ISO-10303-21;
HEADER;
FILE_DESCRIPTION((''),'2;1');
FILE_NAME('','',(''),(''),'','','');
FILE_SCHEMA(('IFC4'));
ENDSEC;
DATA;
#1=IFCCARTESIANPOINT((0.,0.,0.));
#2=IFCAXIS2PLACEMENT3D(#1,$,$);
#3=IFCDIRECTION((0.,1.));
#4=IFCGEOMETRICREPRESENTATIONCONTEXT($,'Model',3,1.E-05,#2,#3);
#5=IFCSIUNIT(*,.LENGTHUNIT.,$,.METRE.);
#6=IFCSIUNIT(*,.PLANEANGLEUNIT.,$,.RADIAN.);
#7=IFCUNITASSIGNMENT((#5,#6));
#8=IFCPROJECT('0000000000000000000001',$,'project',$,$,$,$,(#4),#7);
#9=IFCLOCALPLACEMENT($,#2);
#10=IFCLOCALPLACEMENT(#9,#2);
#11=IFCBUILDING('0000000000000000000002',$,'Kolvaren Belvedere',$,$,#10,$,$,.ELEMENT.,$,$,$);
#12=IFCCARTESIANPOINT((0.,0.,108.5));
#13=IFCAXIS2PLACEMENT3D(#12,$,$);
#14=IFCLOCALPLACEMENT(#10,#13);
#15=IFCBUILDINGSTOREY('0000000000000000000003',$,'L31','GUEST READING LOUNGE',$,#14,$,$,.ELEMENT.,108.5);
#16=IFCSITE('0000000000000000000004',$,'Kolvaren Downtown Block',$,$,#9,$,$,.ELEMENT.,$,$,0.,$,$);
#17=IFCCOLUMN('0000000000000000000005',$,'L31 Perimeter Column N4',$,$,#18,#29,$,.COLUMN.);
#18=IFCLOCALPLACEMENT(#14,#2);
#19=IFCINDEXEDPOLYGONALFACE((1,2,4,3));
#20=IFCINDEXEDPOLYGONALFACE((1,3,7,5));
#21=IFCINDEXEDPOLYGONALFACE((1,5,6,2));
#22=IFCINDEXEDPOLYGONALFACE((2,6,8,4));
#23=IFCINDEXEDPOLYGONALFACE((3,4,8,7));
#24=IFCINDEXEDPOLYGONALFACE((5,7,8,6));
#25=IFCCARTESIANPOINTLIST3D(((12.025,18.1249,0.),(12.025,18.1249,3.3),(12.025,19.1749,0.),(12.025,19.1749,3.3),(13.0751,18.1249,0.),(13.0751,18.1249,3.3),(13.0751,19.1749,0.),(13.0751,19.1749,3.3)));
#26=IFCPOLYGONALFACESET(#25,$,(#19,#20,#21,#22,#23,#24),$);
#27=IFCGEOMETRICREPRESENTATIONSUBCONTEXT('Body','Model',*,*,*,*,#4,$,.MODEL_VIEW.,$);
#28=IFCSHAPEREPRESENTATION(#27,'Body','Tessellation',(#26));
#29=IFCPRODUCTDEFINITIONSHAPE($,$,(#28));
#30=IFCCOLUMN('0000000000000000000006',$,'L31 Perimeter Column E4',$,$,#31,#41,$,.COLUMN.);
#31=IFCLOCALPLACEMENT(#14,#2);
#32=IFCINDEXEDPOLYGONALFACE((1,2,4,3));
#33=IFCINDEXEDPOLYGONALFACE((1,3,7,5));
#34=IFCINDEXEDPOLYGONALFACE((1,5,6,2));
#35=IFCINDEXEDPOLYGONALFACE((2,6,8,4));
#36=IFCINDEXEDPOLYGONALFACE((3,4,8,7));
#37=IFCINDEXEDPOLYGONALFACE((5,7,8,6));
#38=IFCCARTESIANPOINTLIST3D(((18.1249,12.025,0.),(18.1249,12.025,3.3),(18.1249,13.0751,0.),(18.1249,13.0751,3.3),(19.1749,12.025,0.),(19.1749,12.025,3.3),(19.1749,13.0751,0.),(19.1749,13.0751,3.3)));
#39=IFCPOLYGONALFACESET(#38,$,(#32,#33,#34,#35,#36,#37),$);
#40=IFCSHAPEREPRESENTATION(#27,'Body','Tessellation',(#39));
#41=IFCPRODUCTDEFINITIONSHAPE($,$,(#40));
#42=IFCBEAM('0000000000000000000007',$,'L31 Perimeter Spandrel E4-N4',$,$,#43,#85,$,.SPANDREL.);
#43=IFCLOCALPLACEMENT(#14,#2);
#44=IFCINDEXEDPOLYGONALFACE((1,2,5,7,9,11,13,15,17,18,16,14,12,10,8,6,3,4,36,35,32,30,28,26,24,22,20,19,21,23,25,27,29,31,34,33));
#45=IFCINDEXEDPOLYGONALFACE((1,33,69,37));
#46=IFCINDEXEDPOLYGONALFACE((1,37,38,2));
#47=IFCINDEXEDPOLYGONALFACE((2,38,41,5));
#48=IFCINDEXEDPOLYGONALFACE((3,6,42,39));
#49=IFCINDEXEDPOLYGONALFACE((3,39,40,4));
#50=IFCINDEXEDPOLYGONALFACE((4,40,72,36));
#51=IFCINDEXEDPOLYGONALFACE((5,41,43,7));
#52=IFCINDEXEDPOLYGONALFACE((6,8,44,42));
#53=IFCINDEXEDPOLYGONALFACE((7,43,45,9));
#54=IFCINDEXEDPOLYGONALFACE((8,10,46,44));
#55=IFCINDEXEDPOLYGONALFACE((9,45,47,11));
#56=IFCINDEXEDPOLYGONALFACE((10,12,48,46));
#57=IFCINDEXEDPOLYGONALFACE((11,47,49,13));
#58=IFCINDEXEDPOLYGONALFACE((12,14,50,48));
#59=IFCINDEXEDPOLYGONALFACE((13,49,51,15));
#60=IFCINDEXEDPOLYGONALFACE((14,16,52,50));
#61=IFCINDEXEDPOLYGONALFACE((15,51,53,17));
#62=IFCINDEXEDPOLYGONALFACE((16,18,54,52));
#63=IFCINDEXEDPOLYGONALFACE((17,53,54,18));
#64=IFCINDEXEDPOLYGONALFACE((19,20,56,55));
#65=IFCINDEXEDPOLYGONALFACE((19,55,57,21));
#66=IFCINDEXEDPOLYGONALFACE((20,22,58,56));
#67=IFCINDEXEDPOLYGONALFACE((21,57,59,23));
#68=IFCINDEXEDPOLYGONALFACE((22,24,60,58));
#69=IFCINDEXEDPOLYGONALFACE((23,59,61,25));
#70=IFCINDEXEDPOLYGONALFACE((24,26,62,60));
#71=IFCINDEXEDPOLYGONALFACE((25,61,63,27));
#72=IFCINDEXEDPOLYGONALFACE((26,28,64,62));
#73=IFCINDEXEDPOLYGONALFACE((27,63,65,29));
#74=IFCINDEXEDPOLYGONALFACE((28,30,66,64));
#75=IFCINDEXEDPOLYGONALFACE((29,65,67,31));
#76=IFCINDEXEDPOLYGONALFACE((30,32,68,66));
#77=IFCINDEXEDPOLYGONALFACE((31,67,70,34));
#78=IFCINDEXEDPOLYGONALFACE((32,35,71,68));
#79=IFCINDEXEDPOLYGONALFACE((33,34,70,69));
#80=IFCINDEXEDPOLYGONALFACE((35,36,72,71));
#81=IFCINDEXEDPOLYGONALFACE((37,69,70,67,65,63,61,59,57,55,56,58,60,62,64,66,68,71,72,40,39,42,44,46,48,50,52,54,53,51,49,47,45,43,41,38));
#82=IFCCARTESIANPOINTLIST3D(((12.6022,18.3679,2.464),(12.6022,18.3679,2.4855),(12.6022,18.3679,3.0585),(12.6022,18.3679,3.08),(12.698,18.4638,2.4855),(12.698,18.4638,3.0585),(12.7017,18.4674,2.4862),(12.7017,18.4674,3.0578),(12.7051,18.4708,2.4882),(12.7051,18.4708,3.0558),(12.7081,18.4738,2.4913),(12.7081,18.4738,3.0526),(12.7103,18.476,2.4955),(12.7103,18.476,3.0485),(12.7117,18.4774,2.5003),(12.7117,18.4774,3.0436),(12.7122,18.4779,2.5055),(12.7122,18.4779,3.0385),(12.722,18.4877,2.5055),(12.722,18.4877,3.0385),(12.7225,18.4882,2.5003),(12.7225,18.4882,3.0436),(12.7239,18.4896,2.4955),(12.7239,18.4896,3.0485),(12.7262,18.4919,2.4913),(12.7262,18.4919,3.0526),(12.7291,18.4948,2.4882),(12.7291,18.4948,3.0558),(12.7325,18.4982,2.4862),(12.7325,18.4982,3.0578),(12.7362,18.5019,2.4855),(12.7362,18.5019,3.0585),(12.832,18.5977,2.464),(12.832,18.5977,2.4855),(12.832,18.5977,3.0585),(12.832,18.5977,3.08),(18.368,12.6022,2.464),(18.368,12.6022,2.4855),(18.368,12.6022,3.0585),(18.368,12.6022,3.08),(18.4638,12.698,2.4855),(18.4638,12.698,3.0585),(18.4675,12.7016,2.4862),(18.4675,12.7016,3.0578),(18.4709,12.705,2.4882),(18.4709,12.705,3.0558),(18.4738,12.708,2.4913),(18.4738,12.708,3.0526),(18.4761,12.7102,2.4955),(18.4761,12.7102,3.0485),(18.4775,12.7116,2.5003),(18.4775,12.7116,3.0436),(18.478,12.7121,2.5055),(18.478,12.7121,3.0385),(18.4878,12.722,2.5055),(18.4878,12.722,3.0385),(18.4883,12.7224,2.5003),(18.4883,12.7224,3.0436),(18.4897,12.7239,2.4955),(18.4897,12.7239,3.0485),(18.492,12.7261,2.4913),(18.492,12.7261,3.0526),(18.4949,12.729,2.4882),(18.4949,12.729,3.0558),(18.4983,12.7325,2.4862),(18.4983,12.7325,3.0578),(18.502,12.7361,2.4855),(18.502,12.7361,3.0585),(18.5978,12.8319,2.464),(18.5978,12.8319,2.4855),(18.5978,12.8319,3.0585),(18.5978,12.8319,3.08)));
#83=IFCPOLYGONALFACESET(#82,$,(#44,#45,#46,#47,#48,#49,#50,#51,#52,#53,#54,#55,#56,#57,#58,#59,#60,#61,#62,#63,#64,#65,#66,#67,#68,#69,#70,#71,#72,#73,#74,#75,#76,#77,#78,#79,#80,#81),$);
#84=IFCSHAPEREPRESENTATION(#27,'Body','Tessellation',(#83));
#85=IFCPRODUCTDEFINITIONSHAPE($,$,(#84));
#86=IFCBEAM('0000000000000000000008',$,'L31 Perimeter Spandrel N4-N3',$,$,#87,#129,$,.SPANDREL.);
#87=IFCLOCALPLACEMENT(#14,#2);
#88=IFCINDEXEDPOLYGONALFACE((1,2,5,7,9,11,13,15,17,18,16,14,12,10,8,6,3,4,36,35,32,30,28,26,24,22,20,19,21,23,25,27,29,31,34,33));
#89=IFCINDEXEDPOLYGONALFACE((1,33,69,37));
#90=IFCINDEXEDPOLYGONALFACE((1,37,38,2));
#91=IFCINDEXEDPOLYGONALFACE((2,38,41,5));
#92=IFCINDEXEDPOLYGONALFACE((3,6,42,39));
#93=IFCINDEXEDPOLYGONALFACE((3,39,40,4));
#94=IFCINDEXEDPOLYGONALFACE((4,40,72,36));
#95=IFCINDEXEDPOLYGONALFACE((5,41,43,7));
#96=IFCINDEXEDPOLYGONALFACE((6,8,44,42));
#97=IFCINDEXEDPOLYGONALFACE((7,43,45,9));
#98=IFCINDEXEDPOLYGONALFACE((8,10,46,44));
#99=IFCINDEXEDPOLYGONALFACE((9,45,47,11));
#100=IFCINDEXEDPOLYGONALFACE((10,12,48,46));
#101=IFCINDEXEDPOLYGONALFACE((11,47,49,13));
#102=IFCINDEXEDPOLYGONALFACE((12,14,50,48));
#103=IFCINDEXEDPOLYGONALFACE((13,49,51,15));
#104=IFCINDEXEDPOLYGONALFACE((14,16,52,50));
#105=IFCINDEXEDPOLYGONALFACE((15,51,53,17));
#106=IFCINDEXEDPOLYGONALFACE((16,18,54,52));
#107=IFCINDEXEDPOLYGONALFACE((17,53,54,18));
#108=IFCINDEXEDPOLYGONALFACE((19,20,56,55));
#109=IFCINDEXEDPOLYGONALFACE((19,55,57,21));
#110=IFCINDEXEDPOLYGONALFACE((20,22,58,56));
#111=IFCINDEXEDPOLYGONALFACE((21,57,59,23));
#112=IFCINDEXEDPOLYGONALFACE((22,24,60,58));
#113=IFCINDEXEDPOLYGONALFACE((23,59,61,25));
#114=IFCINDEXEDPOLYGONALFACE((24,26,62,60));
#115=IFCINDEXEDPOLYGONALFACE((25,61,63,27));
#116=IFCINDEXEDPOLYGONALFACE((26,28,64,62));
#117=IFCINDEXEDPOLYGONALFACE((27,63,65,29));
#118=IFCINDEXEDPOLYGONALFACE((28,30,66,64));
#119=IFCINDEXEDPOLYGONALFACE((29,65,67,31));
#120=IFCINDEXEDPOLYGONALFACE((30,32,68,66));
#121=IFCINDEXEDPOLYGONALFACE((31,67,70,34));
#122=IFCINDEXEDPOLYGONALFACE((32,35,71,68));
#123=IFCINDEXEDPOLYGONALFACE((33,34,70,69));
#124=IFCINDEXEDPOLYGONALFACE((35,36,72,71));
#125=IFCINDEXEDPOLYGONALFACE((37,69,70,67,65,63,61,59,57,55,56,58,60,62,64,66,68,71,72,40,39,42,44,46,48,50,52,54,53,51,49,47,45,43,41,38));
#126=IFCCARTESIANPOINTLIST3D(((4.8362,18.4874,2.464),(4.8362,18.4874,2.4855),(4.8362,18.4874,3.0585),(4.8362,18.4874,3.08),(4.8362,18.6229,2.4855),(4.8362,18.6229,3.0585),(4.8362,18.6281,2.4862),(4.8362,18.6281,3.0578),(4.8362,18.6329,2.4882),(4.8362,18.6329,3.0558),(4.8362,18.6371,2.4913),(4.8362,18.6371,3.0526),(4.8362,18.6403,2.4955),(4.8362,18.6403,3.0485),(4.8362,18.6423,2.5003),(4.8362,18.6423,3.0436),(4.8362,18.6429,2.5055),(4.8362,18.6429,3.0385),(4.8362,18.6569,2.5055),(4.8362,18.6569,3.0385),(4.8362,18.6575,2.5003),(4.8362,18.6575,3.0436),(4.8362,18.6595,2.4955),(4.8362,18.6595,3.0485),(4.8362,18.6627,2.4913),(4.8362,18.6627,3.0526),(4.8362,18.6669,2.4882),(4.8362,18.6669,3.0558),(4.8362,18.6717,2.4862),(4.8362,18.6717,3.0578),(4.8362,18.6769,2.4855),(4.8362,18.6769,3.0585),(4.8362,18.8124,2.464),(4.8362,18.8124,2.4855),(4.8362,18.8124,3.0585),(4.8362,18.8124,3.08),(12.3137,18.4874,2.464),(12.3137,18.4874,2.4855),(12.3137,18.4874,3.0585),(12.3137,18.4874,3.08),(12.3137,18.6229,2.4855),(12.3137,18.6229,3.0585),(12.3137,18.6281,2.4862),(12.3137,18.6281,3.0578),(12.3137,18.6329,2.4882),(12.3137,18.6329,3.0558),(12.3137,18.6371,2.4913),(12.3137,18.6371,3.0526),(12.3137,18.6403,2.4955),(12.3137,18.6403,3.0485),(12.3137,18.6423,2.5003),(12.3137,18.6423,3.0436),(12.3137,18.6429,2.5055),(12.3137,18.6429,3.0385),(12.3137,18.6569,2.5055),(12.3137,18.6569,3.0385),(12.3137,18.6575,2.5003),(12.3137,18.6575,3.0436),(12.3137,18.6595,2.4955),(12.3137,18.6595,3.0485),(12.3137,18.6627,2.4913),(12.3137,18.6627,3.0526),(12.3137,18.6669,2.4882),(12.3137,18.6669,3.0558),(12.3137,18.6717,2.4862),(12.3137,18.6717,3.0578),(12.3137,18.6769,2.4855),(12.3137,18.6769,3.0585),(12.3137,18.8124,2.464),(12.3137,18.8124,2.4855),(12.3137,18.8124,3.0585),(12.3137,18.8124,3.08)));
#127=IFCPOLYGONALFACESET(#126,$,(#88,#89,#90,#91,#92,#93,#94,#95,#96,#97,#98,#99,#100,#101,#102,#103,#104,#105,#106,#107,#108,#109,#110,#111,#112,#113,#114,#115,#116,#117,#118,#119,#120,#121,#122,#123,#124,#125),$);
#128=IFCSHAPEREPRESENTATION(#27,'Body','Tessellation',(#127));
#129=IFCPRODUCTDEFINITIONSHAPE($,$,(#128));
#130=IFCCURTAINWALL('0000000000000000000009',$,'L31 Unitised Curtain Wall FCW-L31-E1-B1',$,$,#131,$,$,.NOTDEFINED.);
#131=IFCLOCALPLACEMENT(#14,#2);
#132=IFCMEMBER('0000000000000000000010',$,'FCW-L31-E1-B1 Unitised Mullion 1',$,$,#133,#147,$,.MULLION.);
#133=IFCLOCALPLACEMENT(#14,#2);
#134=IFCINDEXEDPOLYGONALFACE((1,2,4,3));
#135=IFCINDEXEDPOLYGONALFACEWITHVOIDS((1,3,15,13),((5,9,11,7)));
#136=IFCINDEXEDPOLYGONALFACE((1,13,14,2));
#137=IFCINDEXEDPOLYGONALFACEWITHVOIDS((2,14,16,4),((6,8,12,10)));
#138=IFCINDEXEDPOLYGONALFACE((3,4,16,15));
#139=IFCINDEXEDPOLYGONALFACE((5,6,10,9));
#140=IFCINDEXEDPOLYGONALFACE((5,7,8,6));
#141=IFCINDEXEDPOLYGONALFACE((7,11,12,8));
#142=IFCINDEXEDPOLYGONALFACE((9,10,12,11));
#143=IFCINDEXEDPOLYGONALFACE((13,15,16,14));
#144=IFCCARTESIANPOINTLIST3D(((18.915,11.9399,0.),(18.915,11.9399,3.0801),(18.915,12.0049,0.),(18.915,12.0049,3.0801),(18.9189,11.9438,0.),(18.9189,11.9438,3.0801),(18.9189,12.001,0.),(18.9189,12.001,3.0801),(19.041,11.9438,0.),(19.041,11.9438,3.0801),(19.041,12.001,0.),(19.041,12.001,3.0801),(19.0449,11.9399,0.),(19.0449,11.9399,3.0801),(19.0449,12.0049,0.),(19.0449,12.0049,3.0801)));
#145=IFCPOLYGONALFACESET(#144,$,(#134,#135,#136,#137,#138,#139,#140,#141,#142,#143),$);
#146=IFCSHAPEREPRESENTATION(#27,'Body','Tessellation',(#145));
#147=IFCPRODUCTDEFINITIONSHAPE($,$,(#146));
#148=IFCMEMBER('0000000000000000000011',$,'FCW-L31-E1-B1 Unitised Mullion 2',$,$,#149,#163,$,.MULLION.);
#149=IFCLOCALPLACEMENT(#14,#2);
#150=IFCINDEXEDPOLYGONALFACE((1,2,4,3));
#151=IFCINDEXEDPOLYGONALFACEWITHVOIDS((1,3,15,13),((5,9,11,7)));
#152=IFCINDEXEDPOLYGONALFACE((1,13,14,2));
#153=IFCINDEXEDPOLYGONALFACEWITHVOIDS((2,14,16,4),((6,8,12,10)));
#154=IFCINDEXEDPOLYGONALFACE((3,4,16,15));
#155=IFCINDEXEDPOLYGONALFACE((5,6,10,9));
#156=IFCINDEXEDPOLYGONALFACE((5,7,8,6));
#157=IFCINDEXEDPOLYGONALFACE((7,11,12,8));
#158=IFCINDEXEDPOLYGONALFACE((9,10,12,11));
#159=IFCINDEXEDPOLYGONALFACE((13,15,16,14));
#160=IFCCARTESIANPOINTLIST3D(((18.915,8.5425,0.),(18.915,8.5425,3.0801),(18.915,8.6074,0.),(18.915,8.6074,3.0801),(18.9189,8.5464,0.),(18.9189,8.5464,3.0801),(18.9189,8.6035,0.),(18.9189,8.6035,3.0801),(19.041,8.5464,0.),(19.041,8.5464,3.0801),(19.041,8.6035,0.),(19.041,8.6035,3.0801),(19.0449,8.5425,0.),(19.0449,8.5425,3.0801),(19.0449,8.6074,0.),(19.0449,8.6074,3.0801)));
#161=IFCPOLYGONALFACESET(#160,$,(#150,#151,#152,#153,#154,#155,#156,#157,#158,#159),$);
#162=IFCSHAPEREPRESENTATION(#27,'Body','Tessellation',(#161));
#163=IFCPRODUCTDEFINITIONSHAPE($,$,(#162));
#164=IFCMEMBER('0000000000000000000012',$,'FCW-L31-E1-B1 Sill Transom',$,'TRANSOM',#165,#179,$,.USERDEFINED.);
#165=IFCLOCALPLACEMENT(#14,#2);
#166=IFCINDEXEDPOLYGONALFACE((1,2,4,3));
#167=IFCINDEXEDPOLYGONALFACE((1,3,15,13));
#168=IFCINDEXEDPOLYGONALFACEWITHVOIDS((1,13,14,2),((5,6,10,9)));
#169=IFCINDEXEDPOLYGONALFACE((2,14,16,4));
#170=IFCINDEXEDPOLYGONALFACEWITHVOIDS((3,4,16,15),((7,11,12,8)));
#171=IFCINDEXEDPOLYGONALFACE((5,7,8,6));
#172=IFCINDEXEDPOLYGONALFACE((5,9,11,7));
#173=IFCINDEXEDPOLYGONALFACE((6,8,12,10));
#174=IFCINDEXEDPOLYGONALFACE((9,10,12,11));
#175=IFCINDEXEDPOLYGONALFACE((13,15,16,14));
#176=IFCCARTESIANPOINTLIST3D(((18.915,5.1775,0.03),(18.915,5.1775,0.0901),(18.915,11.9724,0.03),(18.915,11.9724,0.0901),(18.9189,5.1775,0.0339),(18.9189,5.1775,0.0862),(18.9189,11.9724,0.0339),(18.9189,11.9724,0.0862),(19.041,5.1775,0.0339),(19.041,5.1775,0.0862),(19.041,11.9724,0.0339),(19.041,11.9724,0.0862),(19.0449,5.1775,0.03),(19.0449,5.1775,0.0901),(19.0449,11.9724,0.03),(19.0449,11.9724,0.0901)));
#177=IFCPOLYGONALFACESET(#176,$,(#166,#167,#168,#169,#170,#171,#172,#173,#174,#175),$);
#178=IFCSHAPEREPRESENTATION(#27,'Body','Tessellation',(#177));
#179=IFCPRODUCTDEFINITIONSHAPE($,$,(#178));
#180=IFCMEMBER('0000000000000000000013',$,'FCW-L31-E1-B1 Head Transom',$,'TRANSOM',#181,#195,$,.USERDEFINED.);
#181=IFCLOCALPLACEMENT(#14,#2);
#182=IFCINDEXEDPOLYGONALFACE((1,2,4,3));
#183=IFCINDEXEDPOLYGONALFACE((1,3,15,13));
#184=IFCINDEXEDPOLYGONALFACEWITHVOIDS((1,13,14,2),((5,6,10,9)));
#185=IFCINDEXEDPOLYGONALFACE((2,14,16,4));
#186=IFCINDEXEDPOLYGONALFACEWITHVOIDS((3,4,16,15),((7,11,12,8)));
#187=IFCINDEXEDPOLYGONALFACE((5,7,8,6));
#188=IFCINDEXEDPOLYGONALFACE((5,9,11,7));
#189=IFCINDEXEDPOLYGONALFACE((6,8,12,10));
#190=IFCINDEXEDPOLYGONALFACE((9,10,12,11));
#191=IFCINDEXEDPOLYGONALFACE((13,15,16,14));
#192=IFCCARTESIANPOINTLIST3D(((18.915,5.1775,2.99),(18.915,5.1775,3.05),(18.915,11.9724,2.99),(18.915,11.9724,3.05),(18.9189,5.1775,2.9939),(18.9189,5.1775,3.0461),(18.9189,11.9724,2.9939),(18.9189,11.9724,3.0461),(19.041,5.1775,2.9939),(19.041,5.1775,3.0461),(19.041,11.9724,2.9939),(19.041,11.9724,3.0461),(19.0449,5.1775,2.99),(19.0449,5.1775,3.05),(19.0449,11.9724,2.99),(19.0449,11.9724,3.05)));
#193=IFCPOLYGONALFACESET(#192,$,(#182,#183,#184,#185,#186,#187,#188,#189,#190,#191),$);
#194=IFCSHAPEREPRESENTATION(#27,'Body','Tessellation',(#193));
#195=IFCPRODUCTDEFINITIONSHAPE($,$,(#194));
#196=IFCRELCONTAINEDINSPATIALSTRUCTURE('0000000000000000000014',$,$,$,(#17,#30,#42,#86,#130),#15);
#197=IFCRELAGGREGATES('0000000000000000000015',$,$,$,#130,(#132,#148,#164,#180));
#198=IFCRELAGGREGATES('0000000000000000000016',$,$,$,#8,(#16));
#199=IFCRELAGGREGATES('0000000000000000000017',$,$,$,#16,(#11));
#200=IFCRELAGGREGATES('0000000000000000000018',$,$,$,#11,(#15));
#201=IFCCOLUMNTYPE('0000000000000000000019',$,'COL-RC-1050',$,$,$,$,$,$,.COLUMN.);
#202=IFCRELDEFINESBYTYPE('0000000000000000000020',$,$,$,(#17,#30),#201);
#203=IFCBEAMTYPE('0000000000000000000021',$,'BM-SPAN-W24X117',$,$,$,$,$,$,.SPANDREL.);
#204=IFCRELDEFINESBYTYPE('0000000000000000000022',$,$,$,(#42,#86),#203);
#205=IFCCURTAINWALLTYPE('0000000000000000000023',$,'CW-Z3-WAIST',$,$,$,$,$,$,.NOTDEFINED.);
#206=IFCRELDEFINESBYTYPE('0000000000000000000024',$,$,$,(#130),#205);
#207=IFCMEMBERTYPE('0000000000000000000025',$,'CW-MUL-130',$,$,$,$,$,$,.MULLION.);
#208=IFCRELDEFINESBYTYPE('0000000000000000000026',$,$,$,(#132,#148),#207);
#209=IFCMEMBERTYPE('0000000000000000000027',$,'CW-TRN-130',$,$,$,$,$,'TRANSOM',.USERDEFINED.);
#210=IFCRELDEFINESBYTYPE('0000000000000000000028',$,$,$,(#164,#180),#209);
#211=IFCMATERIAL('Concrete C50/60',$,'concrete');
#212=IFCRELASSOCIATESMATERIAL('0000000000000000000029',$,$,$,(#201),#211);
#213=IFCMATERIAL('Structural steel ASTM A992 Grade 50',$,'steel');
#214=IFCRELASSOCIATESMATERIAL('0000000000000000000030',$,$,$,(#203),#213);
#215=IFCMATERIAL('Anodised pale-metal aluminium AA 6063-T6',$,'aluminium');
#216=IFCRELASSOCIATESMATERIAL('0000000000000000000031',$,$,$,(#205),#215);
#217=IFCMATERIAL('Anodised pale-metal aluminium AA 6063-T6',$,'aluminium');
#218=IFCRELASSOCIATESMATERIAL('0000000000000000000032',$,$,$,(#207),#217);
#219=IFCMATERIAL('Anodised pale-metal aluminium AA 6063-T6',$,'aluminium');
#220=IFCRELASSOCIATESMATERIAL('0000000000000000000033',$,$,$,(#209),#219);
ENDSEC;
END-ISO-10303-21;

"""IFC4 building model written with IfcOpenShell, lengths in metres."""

from ifc_helpers import new_model, si_unit, direction, frame, origin, origin_2d, place, context, subcontext, project, spatial, rectangle, hollow_rectangle, i_section, extrude, material, material_profile, profile_set, type_object, element, aggregate, save


model = new_model("IFC4")

# Units and contexts
model_context = context("Model", 3, precision=1e-05, world=origin(), true_north=direction((0.0, 1.0)))
body_context = subcontext(model_context, "Body", "Model", "MODEL_VIEW")
ifc_project = project(units=[si_unit("LENGTHUNIT", "METRE"), si_unit("PLANEANGLEUNIT", "RADIAN")], contexts=[model_context])

# Site, building, storey
site_placement = place(None, origin())
site = spatial("IfcSite", under=ifc_project, at=site_placement, Name="Kolvaren Downtown Block", CompositionType="ELEMENT", RefElevation=0.0)
building_placement = place(site_placement, origin())
building = spatial("IfcBuilding", under=site, at=building_placement, Name="Kolvaren Belvedere", CompositionType="ELEMENT")
storey_placement = place(building_placement, frame((0.0, 0.0, 108.5)))
storey = spatial("IfcBuildingStorey", under=building, at=storey_placement, Name="L31", Description="GUEST READING LOUNGE", CompositionType="ELEMENT", Elevation=108.5)

# Columns
ifc_material_1 = material(Name="Concrete C50/60", Category="concrete")
ifc_material_profile_1 = material_profile(ifc_material_1, rectangle(XDim=1.05, YDim=1.05, at=origin_2d()), Name="RC 1050X1050")
ifc_profile_set_1 = profile_set([ifc_material_profile_1], Name="Concrete C50/60")
column_type = type_object("IfcColumnType", Name="COL-RC-1050", PredefinedType="COLUMN", material=ifc_profile_set_1)
for number, where, z_axis, x_axis, name in (
    (1, (12.55, 18.6499, 0.0), (0.0, 0.0, 1.0), (1.0, 0.0, 0.0), "L31 Perimeter Column N4"),
    (2, (18.6499, 12.55, 0.0), (0.0, 0.0, 1.0), (1.0, 0.0, 0.0), "L31 Perimeter Column E4"),
):
    element("IfcColumn", number, at=place(storey_placement, frame(where, z_axis=z_axis, x_axis=x_axis)), inside=storey, type_object=column_type, Name=name, PredefinedType="COLUMN", context=body_context, shape_type="SweptSolid", body=[
        extrude(rectangle(XDim=1.05, YDim=1.05, at=origin_2d()), origin(), (0.0, 0.0, 1.0), 3.3),
    ])

# Beams
ifc_material_2 = material(Name="Structural steel ASTM A992 Grade 50", Category="steel")
ifc_material_profile_2 = material_profile(ifc_material_2, i_section(OverallWidth=0.325, OverallDepth=0.616, WebThickness=0.0139, FlangeThickness=0.0215, FilletRadius=0.02, at=origin_2d()), Name="W24X117")
ifc_profile_set_2 = profile_set([ifc_material_profile_2], Name="Structural steel ASTM A992 Grade 50")
beam_type = type_object("IfcBeamType", Name="BM-SPAN-W24X117", PredefinedType="SPANDREL", material=ifc_profile_set_2)
beam_1_placement = place(storey_placement, frame((18.4829, 12.717, 2.772), z_axis=(-0.707107, 0.707107, 0.0), x_axis=(-0.707107, -0.707107, 0.0)))
element("IfcBeam", 3, at=beam_1_placement, inside=storey, type_object=beam_type, Name="L31 Perimeter Spandrel E4-N4", PredefinedType="SPANDREL", context=body_context, shape_type="SweptSolid", body=[
    extrude(i_section(OverallWidth=0.325, OverallDepth=0.616, WebThickness=0.0139, FlangeThickness=0.0215, FilletRadius=0.02, at=origin_2d()), origin(), (0.0, 0.0, 1.0), 8.1541),
])
beam_2_placement = place(storey_placement, frame((12.3137, 18.6499, 2.772), z_axis=(-1.0, 0.0, 0.0), x_axis=(0.0, -1.0, 0.0)))
element("IfcBeam", 4, at=beam_2_placement, inside=storey, type_object=beam_type, Name="L31 Perimeter Spandrel N4-N3", PredefinedType="SPANDREL", context=body_context, shape_type="SweptSolid", body=[
    extrude(i_section(OverallWidth=0.325, OverallDepth=0.616, WebThickness=0.0139, FlangeThickness=0.0215, FilletRadius=0.02, at=origin_2d()), origin(), (0.0, 0.0, 1.0), 7.4775),
])

# Curtain wall, members
ifc_material_3 = material(Name="Anodised pale-metal aluminium AA 6063-T6", Category="aluminium")
curtain_wall_type = type_object("IfcCurtainWallType", Name="CW-Z3-WAIST", PredefinedType="NOTDEFINED", material=ifc_material_3)
curtain_wall_placement = place(storey_placement, origin())
curtain_wall = element("IfcCurtainWall", 5, at=curtain_wall_placement, inside=storey, type_object=curtain_wall_type, Name="L31 Unitised Curtain Wall FCW-L31-E1-B1", PredefinedType="NOTDEFINED")
ifc_material_4 = material(Name="Anodised pale-metal aluminium AA 6063-T6", Category="aluminium")
ifc_material_profile_3 = material_profile(ifc_material_4, hollow_rectangle(XDim=0.0649, YDim=0.1299, WallThickness=0.0039, at=origin_2d()), Name="ALU-MUL-130X65")
ifc_profile_set_3 = profile_set([ifc_material_profile_3], Name="Anodised pale-metal aluminium AA 6063-T6")
member_type_1 = type_object("IfcMemberType", Name="CW-MUL-130", PredefinedType="MULLION", material=ifc_profile_set_3)
member_1_placement = place(storey_placement, frame((18.98, 11.9724, 0.0), z_axis=(0.0, 0.0, 1.0), x_axis=(0.0, 1.0, 0.0)))
member_1 = element("IfcMember", 6, at=member_1_placement, type_object=member_type_1, Name="FCW-L31-E1-B1 Unitised Mullion 1", PredefinedType="MULLION", context=body_context, shape_type="SweptSolid", body=[
    extrude(hollow_rectangle(XDim=0.0649, YDim=0.1299, WallThickness=0.0039, at=origin_2d()), origin(), (0.0, 0.0, 1.0), 3.0801),
])
member_2_placement = place(storey_placement, frame((18.98, 8.575, 0.0), z_axis=(0.0, 0.0, 1.0), x_axis=(0.0, 1.0, 0.0)))
member_2 = element("IfcMember", 7, at=member_2_placement, type_object=member_type_1, Name="FCW-L31-E1-B1 Unitised Mullion 2", PredefinedType="MULLION", context=body_context, shape_type="SweptSolid", body=[
    extrude(hollow_rectangle(XDim=0.0649, YDim=0.1299, WallThickness=0.0039, at=origin_2d()), origin(), (0.0, 0.0, 1.0), 3.0801),
])
ifc_material_5 = material(Name="Anodised pale-metal aluminium AA 6063-T6", Category="aluminium")
ifc_material_profile_4 = material_profile(ifc_material_5, hollow_rectangle(XDim=0.0601, YDim=0.1299, WallThickness=0.0039, at=origin_2d()), Name="ALU-TRN-130X60")
ifc_profile_set_4 = profile_set([ifc_material_profile_4], Name="Anodised pale-metal aluminium AA 6063-T6")
member_type_2 = type_object("IfcMemberType", Name="CW-TRN-130", ElementType="TRANSOM", PredefinedType="USERDEFINED", material=ifc_profile_set_4)
member_3_placement = place(storey_placement, frame((18.98, 11.9724, 0.0601), z_axis=(0.0, -1.0, 0.0), x_axis=(0.0, 0.0, 1.0)))
member_3 = element("IfcMember", 8, at=member_3_placement, type_object=member_type_2, Name="FCW-L31-E1-B1 Sill Transom", ObjectType="TRANSOM", PredefinedType="USERDEFINED", context=body_context, shape_type="SweptSolid", body=[
    extrude(hollow_rectangle(XDim=0.0601, YDim=0.1299, WallThickness=0.0039, at=origin_2d()), origin(), (0.0, 0.0, 1.0), 6.7949),
])
member_4_placement = place(storey_placement, frame((18.98, 11.9724, 3.02), z_axis=(0.0, -1.0, 0.0), x_axis=(0.0, 0.0, 1.0)))
member_4 = element("IfcMember", 9, at=member_4_placement, type_object=member_type_2, Name="FCW-L31-E1-B1 Head Transom", ObjectType="TRANSOM", PredefinedType="USERDEFINED", context=body_context, shape_type="SweptSolid", body=[
    extrude(hollow_rectangle(XDim=0.0601, YDim=0.1299, WallThickness=0.0039, at=origin_2d()), origin(), (0.0, 0.0, 1.0), 6.7949),
])
aggregate(curtain_wall, [member_1, member_2, member_3, member_4])

save(model, "model.ifc")
